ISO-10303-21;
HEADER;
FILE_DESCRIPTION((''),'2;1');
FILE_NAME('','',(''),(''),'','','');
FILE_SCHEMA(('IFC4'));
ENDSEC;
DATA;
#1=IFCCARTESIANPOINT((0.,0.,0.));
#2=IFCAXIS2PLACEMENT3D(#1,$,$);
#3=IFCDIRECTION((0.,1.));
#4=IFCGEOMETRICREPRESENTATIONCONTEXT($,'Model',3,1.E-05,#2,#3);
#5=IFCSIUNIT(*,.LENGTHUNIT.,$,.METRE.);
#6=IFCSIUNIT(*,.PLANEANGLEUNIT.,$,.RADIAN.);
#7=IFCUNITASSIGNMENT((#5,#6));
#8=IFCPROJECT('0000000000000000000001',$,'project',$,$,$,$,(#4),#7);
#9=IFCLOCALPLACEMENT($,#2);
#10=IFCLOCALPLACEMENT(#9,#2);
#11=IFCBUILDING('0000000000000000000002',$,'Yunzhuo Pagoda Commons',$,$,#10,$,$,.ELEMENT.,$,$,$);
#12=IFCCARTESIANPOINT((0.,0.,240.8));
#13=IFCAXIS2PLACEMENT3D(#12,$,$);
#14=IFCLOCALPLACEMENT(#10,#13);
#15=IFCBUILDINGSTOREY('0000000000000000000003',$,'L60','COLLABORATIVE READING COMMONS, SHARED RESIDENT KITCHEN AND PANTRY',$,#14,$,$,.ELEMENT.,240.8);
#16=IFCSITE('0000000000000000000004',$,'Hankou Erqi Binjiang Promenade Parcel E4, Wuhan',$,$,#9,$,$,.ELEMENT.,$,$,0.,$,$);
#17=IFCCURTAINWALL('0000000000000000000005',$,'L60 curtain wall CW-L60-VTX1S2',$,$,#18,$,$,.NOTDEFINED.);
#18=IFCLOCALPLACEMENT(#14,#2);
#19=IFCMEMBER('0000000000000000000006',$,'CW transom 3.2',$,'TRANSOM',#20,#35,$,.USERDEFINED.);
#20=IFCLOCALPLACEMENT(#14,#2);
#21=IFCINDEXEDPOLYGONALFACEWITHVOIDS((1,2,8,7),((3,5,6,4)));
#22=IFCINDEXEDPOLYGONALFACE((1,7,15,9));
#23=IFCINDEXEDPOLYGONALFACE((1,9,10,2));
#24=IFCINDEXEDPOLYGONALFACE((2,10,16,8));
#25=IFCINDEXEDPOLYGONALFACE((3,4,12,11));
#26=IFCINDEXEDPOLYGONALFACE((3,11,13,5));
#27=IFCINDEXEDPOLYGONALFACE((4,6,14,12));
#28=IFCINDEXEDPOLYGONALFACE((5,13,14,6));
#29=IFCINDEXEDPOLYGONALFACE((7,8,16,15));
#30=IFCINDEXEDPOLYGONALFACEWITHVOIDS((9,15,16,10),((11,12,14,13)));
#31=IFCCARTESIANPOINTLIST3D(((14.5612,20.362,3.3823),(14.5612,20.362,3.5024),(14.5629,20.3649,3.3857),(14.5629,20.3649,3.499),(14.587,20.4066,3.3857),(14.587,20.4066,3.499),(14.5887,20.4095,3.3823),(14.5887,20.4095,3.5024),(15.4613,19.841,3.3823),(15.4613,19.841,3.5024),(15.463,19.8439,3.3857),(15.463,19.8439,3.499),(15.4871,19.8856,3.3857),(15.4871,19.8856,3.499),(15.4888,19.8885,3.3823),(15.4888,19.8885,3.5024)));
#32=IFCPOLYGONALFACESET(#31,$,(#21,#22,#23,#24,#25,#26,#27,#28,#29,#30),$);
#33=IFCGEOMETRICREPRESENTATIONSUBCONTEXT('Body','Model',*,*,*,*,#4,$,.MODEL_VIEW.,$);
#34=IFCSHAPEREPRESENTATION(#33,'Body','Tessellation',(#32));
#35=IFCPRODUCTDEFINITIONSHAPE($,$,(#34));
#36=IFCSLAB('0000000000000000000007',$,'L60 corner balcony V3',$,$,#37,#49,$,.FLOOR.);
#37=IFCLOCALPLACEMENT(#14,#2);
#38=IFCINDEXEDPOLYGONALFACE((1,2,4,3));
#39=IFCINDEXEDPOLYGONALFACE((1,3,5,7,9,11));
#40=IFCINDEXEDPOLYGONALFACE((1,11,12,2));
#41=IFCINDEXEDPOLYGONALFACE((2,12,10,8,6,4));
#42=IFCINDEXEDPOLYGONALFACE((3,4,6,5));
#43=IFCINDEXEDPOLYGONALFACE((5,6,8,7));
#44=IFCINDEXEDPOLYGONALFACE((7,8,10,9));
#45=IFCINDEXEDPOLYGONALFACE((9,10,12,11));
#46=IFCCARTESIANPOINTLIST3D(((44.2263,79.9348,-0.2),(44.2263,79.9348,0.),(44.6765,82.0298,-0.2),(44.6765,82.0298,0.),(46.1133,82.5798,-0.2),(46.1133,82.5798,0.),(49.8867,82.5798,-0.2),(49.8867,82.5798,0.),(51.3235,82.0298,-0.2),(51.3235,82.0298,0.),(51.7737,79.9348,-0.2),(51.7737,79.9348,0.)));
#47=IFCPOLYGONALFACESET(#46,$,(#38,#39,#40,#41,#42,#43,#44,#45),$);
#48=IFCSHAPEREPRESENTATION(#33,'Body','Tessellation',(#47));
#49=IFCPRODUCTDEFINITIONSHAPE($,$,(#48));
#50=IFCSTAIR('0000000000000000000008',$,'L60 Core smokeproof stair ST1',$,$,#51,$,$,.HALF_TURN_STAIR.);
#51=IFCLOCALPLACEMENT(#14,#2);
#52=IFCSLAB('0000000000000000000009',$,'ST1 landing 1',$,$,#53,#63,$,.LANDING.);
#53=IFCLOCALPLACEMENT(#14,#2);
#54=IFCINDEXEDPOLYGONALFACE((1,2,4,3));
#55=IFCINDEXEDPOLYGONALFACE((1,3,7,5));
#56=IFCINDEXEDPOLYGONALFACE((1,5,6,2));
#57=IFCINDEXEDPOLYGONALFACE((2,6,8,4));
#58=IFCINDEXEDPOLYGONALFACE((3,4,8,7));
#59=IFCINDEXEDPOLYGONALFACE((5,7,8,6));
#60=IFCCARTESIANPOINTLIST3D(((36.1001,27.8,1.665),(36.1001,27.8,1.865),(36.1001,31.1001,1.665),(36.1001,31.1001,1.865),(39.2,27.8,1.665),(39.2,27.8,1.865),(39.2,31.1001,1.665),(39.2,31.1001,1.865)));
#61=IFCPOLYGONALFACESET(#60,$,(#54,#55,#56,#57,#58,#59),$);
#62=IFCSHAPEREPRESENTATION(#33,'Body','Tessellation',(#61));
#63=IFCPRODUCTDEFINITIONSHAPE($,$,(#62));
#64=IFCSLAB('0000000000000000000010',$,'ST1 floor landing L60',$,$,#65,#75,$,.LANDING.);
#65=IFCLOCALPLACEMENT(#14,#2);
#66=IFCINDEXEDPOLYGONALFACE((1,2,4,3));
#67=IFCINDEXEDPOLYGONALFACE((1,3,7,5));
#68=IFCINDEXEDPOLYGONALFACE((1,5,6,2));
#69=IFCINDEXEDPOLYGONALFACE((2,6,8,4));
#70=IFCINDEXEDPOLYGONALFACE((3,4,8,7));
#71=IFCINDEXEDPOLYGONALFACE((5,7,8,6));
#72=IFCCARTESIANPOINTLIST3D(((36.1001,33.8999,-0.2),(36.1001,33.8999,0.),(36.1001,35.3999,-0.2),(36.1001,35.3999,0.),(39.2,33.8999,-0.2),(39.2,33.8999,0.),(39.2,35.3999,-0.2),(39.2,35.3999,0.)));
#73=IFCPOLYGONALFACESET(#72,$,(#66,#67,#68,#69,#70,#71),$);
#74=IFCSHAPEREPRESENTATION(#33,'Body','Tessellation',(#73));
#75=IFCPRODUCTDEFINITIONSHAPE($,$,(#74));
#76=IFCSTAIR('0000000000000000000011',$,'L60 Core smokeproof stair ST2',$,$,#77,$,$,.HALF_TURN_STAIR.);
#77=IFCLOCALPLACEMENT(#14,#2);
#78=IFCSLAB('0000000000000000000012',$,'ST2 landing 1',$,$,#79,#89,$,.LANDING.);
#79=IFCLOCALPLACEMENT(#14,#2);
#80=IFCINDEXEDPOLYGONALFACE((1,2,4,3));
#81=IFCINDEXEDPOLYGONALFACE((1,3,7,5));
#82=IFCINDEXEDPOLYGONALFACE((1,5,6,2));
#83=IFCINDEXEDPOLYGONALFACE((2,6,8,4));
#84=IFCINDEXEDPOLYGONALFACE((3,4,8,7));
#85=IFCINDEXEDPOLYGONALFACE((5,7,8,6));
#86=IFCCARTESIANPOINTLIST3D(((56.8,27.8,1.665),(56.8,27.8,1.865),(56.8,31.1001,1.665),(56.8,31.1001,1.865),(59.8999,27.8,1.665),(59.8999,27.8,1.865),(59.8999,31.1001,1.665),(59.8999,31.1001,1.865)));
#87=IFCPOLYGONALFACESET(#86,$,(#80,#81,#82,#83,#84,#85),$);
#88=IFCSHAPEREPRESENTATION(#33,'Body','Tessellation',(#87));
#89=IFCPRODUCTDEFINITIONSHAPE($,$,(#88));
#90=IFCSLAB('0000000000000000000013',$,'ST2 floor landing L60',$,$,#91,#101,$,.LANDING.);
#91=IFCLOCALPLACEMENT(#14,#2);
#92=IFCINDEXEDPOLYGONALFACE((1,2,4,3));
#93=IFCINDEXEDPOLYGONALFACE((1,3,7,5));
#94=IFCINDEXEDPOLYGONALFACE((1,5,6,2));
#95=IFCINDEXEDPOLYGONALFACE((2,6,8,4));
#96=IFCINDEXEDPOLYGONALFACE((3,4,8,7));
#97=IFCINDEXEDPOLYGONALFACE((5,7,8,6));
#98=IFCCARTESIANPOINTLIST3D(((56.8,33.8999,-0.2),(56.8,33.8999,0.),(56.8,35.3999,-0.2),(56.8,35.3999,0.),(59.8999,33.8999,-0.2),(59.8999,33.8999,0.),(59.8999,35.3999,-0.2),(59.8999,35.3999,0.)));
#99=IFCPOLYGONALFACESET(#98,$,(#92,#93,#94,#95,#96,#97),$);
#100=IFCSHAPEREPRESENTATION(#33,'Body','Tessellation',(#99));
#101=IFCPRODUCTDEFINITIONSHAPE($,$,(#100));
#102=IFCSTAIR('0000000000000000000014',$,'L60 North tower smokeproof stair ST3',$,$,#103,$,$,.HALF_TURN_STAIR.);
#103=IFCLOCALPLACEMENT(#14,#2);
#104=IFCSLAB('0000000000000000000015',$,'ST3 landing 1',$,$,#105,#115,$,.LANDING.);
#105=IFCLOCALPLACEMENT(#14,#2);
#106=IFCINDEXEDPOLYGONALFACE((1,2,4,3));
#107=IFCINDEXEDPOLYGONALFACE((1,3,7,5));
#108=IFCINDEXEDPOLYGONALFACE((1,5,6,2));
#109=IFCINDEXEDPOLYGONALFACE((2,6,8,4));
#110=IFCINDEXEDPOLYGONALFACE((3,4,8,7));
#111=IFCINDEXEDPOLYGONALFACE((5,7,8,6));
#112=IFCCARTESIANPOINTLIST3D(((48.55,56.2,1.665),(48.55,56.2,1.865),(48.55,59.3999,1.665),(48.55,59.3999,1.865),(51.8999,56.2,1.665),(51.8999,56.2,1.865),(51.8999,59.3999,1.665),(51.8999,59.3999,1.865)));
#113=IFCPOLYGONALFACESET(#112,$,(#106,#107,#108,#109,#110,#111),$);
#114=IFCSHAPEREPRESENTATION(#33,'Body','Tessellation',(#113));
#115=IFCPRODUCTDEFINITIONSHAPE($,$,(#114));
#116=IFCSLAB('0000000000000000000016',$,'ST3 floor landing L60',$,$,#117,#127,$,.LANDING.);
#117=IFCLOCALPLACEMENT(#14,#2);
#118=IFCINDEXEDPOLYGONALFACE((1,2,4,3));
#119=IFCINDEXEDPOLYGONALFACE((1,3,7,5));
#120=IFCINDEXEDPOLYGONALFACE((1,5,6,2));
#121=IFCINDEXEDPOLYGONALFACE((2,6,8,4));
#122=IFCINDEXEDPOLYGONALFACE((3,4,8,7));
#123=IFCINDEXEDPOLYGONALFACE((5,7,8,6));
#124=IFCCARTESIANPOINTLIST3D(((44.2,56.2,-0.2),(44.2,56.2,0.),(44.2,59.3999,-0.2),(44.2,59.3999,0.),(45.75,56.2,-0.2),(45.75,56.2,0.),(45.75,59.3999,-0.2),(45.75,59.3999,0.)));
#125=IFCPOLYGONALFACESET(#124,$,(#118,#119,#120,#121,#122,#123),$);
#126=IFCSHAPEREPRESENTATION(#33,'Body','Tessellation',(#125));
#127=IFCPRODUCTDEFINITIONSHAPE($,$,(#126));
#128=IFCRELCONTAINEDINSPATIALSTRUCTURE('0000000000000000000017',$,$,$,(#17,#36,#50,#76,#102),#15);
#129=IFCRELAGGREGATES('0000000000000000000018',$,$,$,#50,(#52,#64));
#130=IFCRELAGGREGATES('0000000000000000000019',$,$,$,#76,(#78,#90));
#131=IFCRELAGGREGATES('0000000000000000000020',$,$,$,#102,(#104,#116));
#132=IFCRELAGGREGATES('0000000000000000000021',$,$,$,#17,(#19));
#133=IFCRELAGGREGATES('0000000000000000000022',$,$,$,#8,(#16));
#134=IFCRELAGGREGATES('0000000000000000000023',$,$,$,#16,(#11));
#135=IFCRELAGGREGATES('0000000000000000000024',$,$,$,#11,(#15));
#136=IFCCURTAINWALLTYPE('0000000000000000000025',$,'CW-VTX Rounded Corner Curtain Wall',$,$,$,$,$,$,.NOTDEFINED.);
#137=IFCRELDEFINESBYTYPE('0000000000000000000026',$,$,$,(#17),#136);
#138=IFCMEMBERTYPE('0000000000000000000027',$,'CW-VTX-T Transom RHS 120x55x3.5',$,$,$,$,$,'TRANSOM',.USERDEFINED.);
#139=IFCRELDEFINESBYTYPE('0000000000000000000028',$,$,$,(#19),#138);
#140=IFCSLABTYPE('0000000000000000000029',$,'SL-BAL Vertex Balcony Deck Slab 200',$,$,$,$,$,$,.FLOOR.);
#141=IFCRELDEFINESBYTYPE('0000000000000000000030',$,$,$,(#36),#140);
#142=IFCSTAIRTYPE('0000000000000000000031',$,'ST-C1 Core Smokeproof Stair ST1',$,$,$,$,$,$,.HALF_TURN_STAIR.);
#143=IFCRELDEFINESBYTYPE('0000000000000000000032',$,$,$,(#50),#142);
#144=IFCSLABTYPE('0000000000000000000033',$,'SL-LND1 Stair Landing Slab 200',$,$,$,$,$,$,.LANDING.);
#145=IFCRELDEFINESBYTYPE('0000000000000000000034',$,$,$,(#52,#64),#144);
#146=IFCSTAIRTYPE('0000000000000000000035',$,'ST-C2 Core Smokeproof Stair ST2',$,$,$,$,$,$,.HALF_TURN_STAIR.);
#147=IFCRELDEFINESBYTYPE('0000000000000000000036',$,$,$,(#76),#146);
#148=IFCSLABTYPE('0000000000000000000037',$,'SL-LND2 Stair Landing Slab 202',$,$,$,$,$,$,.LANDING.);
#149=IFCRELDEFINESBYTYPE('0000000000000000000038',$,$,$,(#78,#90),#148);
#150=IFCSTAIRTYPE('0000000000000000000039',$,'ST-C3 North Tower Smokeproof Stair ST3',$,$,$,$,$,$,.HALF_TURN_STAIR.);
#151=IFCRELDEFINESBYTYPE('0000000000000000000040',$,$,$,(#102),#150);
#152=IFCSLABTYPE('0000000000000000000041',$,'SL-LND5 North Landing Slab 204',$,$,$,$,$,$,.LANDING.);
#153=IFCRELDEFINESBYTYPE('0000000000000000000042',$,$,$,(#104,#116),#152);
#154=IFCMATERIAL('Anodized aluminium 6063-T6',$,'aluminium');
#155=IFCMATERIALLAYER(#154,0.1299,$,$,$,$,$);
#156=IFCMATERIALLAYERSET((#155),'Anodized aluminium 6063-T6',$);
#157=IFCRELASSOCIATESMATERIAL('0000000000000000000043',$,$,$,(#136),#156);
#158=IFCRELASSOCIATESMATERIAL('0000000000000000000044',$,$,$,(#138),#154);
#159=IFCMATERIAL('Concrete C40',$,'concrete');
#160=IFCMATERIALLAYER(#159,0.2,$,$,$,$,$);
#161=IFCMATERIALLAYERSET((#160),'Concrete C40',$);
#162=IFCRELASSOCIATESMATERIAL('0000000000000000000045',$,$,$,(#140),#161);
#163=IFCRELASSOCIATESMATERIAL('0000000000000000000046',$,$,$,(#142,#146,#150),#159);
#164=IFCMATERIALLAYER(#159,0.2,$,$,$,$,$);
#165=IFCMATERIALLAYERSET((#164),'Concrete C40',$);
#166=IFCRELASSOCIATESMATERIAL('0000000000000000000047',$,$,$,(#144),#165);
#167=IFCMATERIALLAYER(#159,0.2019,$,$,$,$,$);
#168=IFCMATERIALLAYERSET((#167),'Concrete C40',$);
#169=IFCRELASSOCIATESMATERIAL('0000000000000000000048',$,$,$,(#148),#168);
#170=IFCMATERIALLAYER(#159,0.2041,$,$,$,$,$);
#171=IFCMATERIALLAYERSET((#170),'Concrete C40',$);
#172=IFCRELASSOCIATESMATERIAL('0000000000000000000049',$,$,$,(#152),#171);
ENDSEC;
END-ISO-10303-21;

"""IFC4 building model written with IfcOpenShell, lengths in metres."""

from ifc_helpers import new_model, si_unit, direction, frame, origin, origin_2d, place, context, subcontext, project, spatial, polyline, hollow_rectangle, outline, extrude, source, transform, mapped, material, layer, layer_set, material_profile, profile_set, type_object, element, aggregate, save


model = new_model("IFC4")

# Units and contexts
model_context = context("Model", 3, precision=1e-05, world=origin(), true_north=direction((0.0, 1.0)))
body_context = subcontext(model_context, "Body", "Model", "MODEL_VIEW")
ifc_project = project(units=[si_unit("LENGTHUNIT", "METRE"), si_unit("PLANEANGLEUNIT", "RADIAN")], contexts=[model_context])

# Site, building, storey
site_placement = place(None, origin())
site = spatial("IfcSite", under=ifc_project, at=site_placement, Name="Hankou Erqi Binjiang Promenade Parcel E4, Wuhan", CompositionType="ELEMENT", RefElevation=0.0)
building_placement = place(site_placement, origin())
building = spatial("IfcBuilding", under=site, at=building_placement, Name="Yunzhuo Pagoda Commons", CompositionType="ELEMENT")
storey_placement = place(building_placement, frame((0.0, 0.0, 240.8)))
storey = spatial("IfcBuildingStorey", under=building, at=storey_placement, Name="L60", Description="COLLABORATIVE READING COMMONS, SHARED RESIDENT KITCHEN AND PANTRY", CompositionType="ELEMENT", Elevation=240.8)

# Curtain wall, member
ifc_material_1 = material(Name="Anodized aluminium 6063-T6", Category="aluminium")
ifc_layer_1 = layer(ifc_material_1, 0.1299)
ifc_layer_set_1 = layer_set([ifc_layer_1], Name="Anodized aluminium 6063-T6")
curtain_wall_type = type_object("IfcCurtainWallType", Name="CW-VTX Rounded Corner Curtain Wall", PredefinedType="NOTDEFINED", material=ifc_layer_set_1)
curtain_wall_1_placement = place(storey_placement, origin())
curtain_wall_1 = element("IfcCurtainWall", 1, at=curtain_wall_1_placement, inside=storey, type_object=curtain_wall_type, Name="L60 curtain wall CW-L60-VTX1S2", PredefinedType="NOTDEFINED")
ifc_material_profile_1 = material_profile(ifc_material_1, hollow_rectangle(XDim=0.0549, YDim=0.1201, WallThickness=0.0034, at=origin_2d()), Name="Anodized aluminium 6063-T6")
ifc_profile_set_1 = profile_set([ifc_material_profile_1], Name="Anodized aluminium 6063-T6")
member_type_1 = type_object("IfcMemberType", Name="CW-VTX-T Transom RHS 120x55x3.5", ElementType="TRANSOM", PredefinedType="USERDEFINED", material=ifc_profile_set_1)
shared_shape_1 = source(origin(), body_context, "Body", "SweptSolid", [
    extrude(hollow_rectangle(XDim=0.0549, YDim=0.1201, WallThickness=0.0034, at=origin_2d()), origin(), (0.0, 0.0, 1.0), 1.04),
])
member_1_placement = place(storey_placement, frame((14.575, 20.3857, 3.4424), z_axis=(0.865485, -0.500934, 0.0), x_axis=(0.500934, 0.865485, 0.0)))
member_1 = element("IfcMember", 2, at=member_1_placement, type_object=member_type_1, Name="CW transom 3.2", ObjectType="TRANSOM", PredefinedType="USERDEFINED", context=body_context, shape_type="MappedRepresentation", body=[
    mapped(shared_shape_1, transform((0.0, 0.0, 0.0), scale=1.0)),
])

# Slab
ifc_material_2 = material(Name="Concrete C40", Category="concrete")
ifc_layer_2 = layer(ifc_material_2, 0.2)
ifc_layer_set_2 = layer_set([ifc_layer_2], Name="Concrete C40")
slab_type_1 = type_object("IfcSlabType", Name="SL-BAL Vertex Balcony Deck Slab 200", PredefinedType="FLOOR", material=ifc_layer_set_2)
slab_1_placement = place(storey_placement, frame((0.0, 0.0, -0.2)))
element("IfcSlab", 3, at=slab_1_placement, inside=storey, type_object=slab_type_1, Name="L60 corner balcony V3", PredefinedType="FLOOR", context=body_context, shape_type="SweptSolid", body=[
    extrude(outline(polyline([(51.7737, 79.9348), (44.2263, 79.9348), (44.6765, 82.0298), (46.1133, 82.5798), (49.8867, 82.5798), (51.3235, 82.0298), (51.7737, 79.9348)])), origin(), (0.0, 0.0, 1.0), 0.2),
])

# Stairs, slabs
stair_type_1 = type_object("IfcStairType", Name="ST-C1 Core Smokeproof Stair ST1", PredefinedType="HALF_TURN_STAIR", material=ifc_material_2)
stair_1_placement = place(storey_placement, origin())
stair_1 = element("IfcStair", 4, at=stair_1_placement, inside=storey, type_object=stair_type_1, Name="L60 Core smokeproof stair ST1", PredefinedType="HALF_TURN_STAIR")
ifc_layer_3 = layer(ifc_material_2, 0.2)
ifc_layer_set_3 = layer_set([ifc_layer_3], Name="Concrete C40")
slab_type_2 = type_object("IfcSlabType", Name="SL-LND1 Stair Landing Slab 200", PredefinedType="LANDING", material=ifc_layer_set_3)
slab_2_placement = place(storey_placement, frame((0.0, 0.0, 1.665)))
slab_2 = element("IfcSlab", 5, at=slab_2_placement, type_object=slab_type_2, Name="ST1 landing 1", PredefinedType="LANDING", context=body_context, shape_type="SweptSolid", body=[
    extrude(outline(polyline([(36.1001, 31.1001), (36.1001, 27.8), (39.2, 27.8), (39.2, 31.1001), (36.1001, 31.1001)])), origin(), (0.0, 0.0, 1.0), 0.2),
])
slab_3_placement = place(storey_placement, frame((0.0, 0.0, -0.2)))
slab_3 = element("IfcSlab", 6, at=slab_3_placement, type_object=slab_type_2, Name="ST1 floor landing L60", PredefinedType="LANDING", context=body_context, shape_type="SweptSolid", body=[
    extrude(outline(polyline([(36.1001, 35.3999), (36.1001, 33.8999), (39.2, 33.8999), (39.2, 35.3999), (36.1001, 35.3999)])), origin(), (0.0, 0.0, 1.0), 0.2),
])
aggregate(stair_1, [slab_2, slab_3])
stair_type_2 = type_object("IfcStairType", Name="ST-C2 Core Smokeproof Stair ST2", PredefinedType="HALF_TURN_STAIR", material=ifc_material_2)
stair_2_placement = place(storey_placement, origin())
stair_2 = element("IfcStair", 7, at=stair_2_placement, inside=storey, type_object=stair_type_2, Name="L60 Core smokeproof stair ST2", PredefinedType="HALF_TURN_STAIR")
ifc_layer_4 = layer(ifc_material_2, 0.2019)
ifc_layer_set_4 = layer_set([ifc_layer_4], Name="Concrete C40")
slab_type_3 = type_object("IfcSlabType", Name="SL-LND2 Stair Landing Slab 202", PredefinedType="LANDING", material=ifc_layer_set_4)
slab_4_placement = place(storey_placement, frame((0.0, 0.0, 1.665)))
slab_4 = element("IfcSlab", 8, at=slab_4_placement, type_object=slab_type_3, Name="ST2 landing 1", PredefinedType="LANDING", context=body_context, shape_type="SweptSolid", body=[
    extrude(outline(polyline([(56.8, 31.1001), (56.8, 27.8), (59.8999, 27.8), (59.8999, 31.1001), (56.8, 31.1001)])), origin(), (0.0, 0.0, 1.0), 0.2),
])
slab_5_placement = place(storey_placement, frame((0.0, 0.0, -0.2)))
slab_5 = element("IfcSlab", 9, at=slab_5_placement, type_object=slab_type_3, Name="ST2 floor landing L60", PredefinedType="LANDING", context=body_context, shape_type="SweptSolid", body=[
    extrude(outline(polyline([(56.8, 35.3999), (56.8, 33.8999), (59.8999, 33.8999), (59.8999, 35.3999), (56.8, 35.3999)])), origin(), (0.0, 0.0, 1.0), 0.2),
])
aggregate(stair_2, [slab_4, slab_5])
stair_type_3 = type_object("IfcStairType", Name="ST-C3 North Tower Smokeproof Stair ST3", PredefinedType="HALF_TURN_STAIR", material=ifc_material_2)
stair_3_placement = place(storey_placement, origin())
stair_3 = element("IfcStair", 10, at=stair_3_placement, inside=storey, type_object=stair_type_3, Name="L60 North tower smokeproof stair ST3", PredefinedType="HALF_TURN_STAIR")
ifc_layer_5 = layer(ifc_material_2, 0.2041)
ifc_layer_set_5 = layer_set([ifc_layer_5], Name="Concrete C40")
slab_type_4 = type_object("IfcSlabType", Name="SL-LND5 North Landing Slab 204", PredefinedType="LANDING", material=ifc_layer_set_5)
slab_6_placement = place(storey_placement, frame((0.0, 0.0, 1.665)))
slab_6 = element("IfcSlab", 11, at=slab_6_placement, type_object=slab_type_4, Name="ST3 landing 1", PredefinedType="LANDING", context=body_context, shape_type="SweptSolid", body=[
    extrude(outline(polyline([(48.55, 56.2), (51.8999, 56.2), (51.8999, 59.3999), (48.55, 59.3999), (48.55, 56.2)])), origin(), (0.0, 0.0, 1.0), 0.2),
])
slab_7_placement = place(storey_placement, frame((0.0, 0.0, -0.2)))
slab_7 = element("IfcSlab", 12, at=slab_7_placement, type_object=slab_type_4, Name="ST3 floor landing L60", PredefinedType="LANDING", context=body_context, shape_type="SweptSolid", body=[
    extrude(outline(polyline([(44.2, 56.2), (45.75, 56.2), (45.75, 59.3999), (44.2, 59.3999), (44.2, 56.2)])), origin(), (0.0, 0.0, 1.0), 0.2),
])
aggregate(stair_3, [slab_6, slab_7])

aggregate(curtain_wall_1, [member_1])

save(model, "model.ifc")
